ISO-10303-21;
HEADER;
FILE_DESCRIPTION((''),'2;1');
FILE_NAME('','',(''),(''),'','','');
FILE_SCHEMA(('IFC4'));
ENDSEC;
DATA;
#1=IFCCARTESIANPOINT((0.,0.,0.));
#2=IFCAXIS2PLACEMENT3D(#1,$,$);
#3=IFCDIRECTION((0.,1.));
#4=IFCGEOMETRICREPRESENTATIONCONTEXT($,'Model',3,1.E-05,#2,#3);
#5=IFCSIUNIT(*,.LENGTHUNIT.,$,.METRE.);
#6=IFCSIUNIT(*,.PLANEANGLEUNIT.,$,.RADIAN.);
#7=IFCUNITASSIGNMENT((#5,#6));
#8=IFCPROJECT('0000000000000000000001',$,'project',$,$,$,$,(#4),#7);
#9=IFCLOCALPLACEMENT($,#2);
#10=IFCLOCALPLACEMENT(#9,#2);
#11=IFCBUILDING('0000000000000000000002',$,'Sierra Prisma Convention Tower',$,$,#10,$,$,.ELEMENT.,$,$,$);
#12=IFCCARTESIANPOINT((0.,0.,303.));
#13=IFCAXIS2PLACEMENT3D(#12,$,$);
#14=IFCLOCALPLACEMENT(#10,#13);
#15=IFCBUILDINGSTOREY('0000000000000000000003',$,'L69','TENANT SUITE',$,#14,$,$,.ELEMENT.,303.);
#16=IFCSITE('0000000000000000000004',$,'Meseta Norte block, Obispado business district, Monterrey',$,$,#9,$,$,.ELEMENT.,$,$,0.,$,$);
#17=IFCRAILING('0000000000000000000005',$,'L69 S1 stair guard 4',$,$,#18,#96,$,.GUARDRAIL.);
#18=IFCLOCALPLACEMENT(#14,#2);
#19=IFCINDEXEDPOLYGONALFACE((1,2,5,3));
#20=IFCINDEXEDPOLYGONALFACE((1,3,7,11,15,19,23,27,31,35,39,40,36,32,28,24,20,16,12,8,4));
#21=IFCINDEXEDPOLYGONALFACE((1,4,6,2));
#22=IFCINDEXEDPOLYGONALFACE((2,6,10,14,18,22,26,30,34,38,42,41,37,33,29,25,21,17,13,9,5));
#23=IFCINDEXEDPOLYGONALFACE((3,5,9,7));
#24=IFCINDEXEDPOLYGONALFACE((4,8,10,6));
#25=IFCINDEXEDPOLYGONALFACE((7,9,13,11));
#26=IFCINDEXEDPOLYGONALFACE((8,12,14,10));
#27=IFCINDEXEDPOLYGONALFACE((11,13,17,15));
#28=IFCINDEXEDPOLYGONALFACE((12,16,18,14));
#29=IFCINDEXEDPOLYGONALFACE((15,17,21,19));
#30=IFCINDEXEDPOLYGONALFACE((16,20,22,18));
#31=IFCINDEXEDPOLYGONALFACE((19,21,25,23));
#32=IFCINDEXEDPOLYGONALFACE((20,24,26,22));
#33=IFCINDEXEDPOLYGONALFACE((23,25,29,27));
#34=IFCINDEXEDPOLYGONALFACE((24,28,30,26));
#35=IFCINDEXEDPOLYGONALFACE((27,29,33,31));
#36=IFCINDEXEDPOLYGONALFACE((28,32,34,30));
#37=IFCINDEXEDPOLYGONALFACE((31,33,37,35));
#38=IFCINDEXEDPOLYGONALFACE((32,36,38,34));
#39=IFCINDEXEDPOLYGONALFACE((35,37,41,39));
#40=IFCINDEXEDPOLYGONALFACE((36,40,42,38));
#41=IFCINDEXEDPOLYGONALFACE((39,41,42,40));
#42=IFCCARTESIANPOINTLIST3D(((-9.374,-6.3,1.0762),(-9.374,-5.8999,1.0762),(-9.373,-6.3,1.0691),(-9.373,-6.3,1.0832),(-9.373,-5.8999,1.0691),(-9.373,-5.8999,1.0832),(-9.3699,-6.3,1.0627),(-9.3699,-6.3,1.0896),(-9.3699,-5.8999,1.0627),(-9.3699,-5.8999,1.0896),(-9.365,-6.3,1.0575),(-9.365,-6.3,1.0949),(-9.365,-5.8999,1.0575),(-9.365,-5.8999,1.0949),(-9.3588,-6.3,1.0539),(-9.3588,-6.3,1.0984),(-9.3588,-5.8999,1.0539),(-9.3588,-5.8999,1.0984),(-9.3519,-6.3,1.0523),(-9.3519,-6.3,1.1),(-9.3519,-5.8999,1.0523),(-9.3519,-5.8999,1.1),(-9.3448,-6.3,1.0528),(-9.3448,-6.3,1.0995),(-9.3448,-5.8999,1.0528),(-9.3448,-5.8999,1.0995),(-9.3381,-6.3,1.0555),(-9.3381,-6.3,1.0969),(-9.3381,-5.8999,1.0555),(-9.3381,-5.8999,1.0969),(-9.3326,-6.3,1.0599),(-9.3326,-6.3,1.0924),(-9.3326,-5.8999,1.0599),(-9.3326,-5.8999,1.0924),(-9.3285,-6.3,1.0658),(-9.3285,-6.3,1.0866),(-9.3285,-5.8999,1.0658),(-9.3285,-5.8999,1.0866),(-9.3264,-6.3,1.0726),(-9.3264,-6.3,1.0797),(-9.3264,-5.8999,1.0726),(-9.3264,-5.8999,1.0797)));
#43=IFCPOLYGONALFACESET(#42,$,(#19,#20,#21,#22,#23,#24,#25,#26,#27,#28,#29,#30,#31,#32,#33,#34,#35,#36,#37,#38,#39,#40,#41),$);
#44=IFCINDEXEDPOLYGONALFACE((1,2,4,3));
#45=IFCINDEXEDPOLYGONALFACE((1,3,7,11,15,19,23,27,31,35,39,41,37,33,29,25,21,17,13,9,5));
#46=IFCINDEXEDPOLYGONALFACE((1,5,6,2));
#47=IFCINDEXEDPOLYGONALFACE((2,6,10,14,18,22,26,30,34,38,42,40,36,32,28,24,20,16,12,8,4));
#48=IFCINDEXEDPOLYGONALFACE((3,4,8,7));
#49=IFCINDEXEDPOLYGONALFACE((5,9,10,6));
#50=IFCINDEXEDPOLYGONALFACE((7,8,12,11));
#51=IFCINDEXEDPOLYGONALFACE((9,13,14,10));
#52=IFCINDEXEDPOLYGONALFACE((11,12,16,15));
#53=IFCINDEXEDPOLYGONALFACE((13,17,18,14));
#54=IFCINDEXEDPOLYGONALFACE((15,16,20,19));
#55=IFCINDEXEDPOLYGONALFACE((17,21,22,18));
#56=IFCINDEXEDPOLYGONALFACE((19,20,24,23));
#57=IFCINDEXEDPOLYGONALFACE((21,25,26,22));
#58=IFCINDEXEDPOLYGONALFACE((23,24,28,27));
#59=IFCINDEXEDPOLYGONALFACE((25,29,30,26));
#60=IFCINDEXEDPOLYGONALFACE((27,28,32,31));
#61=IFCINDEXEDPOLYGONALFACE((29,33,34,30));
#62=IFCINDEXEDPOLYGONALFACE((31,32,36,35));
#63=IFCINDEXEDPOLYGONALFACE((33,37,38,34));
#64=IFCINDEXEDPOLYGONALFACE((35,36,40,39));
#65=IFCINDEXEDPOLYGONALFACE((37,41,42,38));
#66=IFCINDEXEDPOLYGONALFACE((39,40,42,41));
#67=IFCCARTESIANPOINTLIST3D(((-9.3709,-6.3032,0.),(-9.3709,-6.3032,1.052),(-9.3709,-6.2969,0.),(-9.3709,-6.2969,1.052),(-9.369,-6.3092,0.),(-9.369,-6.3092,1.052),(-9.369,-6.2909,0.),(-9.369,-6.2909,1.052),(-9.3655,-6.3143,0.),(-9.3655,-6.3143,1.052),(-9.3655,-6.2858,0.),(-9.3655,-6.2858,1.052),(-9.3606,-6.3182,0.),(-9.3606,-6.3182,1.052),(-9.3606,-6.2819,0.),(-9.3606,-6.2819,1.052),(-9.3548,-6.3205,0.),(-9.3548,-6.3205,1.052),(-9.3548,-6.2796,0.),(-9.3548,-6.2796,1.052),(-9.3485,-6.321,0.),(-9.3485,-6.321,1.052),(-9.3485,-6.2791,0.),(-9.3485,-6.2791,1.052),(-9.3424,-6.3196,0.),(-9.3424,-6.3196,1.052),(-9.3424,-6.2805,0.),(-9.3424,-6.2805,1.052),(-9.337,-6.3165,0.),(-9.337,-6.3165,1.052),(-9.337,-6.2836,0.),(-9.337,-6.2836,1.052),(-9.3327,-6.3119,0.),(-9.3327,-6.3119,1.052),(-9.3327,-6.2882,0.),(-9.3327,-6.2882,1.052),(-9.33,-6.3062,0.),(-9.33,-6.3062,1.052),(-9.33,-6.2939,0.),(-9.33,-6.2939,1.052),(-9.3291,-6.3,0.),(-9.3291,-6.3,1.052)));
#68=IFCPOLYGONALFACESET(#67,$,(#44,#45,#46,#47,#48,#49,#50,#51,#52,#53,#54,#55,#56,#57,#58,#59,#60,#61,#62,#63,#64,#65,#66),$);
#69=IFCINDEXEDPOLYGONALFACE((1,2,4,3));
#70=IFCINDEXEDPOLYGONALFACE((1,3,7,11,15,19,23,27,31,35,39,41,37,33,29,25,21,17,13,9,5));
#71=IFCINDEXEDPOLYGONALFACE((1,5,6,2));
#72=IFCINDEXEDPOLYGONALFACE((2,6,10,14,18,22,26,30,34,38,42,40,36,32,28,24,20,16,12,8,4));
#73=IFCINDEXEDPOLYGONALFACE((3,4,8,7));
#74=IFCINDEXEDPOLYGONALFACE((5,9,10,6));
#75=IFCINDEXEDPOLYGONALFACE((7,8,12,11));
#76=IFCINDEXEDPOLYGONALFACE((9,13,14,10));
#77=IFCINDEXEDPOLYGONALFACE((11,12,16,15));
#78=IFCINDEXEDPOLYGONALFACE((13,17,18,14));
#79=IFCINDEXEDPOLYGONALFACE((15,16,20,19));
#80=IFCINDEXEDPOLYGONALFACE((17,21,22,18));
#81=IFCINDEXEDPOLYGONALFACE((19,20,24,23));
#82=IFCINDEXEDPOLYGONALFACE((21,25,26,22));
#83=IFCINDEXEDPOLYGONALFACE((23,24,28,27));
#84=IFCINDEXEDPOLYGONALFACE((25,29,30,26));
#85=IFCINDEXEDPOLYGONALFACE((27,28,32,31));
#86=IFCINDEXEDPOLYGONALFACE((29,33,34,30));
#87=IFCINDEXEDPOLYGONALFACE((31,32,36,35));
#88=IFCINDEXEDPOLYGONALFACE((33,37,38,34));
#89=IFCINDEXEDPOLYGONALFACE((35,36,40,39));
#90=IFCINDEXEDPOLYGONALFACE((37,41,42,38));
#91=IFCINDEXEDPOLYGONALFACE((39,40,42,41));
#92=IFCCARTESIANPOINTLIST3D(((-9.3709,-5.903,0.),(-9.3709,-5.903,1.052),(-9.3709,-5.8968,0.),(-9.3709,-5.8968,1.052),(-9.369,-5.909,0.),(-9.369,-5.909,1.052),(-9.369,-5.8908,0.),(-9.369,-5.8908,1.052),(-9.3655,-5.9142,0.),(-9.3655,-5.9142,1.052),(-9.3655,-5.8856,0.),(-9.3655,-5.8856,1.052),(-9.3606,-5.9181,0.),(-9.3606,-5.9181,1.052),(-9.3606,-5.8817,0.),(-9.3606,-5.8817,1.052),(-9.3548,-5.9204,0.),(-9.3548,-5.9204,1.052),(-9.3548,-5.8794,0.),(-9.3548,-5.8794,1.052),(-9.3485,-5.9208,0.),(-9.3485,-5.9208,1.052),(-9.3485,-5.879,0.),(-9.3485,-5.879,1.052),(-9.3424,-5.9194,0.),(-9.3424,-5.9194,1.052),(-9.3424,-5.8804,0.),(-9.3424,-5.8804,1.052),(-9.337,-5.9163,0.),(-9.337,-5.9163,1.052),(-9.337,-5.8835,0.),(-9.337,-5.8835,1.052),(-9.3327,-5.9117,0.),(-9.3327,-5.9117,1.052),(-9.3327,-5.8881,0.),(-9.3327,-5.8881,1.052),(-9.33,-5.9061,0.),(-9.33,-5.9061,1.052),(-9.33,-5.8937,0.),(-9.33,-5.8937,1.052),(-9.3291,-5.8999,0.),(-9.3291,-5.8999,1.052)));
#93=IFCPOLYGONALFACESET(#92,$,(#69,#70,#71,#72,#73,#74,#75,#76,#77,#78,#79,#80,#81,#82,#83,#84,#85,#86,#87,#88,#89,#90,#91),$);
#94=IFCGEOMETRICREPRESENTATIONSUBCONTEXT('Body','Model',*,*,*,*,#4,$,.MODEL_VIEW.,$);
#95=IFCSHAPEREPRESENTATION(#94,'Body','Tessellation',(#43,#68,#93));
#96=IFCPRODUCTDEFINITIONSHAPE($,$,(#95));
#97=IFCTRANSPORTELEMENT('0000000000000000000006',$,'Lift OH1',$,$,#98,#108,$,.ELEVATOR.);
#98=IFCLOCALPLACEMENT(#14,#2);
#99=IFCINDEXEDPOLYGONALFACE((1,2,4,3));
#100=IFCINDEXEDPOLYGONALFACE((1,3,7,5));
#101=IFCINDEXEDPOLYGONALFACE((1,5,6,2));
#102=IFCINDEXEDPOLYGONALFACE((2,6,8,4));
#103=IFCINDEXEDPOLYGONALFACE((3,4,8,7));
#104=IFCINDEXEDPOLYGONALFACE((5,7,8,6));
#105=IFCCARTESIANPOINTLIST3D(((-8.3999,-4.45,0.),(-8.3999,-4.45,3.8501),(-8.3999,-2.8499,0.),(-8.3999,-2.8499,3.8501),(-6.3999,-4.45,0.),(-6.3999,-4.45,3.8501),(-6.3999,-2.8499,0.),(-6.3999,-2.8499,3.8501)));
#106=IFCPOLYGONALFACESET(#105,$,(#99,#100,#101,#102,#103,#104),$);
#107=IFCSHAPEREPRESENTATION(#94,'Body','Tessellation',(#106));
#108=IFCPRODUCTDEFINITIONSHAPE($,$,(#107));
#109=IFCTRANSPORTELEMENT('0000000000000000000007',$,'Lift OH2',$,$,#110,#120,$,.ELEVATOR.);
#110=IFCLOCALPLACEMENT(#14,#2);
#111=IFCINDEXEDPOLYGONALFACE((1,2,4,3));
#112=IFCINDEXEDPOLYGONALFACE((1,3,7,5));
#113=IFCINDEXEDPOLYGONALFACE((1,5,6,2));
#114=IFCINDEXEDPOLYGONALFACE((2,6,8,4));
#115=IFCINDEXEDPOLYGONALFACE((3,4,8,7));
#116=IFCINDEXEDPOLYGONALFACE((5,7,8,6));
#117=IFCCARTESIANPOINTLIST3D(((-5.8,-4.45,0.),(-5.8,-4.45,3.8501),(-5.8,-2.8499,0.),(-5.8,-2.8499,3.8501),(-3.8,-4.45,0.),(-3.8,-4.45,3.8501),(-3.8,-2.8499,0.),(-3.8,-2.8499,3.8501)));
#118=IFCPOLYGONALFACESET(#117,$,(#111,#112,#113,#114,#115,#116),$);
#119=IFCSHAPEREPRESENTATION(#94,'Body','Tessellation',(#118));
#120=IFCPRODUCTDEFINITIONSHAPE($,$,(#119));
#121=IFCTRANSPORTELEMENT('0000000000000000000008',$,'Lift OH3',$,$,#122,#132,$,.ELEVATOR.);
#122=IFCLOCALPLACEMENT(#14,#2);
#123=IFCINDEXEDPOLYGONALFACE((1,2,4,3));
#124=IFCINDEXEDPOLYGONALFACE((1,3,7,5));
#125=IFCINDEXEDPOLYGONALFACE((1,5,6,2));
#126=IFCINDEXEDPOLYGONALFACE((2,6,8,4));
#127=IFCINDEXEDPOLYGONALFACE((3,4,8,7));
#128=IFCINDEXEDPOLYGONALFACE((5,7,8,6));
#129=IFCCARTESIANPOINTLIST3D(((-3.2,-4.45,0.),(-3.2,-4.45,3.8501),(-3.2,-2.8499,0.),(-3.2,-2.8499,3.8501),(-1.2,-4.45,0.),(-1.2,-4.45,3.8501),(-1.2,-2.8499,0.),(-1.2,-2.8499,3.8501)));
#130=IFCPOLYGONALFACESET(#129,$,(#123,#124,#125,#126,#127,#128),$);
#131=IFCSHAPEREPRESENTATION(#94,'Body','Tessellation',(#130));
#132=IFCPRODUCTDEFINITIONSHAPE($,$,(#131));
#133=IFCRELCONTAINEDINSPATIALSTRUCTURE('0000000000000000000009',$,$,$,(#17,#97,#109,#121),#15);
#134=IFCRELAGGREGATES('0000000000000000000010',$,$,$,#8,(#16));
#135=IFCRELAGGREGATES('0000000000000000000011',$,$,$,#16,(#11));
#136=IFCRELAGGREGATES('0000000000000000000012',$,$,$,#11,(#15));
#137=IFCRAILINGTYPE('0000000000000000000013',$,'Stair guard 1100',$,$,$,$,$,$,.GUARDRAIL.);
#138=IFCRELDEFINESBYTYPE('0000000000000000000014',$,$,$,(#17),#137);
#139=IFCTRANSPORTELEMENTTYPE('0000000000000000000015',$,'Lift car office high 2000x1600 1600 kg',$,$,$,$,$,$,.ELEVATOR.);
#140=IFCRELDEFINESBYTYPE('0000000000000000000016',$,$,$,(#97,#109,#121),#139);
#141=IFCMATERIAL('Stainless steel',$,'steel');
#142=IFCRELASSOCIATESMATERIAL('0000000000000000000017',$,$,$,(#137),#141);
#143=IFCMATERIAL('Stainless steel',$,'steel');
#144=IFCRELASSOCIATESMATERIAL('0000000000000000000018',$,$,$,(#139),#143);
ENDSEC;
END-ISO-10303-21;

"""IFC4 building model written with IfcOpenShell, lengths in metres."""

from ifc_helpers import new_model, si_unit, direction, frame, origin, origin_2d, place, context, subcontext, project, spatial, rectangle, circle, extrude, material, type_object, element, save


model = new_model("IFC4")

# Units and contexts
model_context = context("Model", 3, precision=1e-05, world=origin(), true_north=direction((0.0, 1.0)))
body_context = subcontext(model_context, "Body", "Model", "MODEL_VIEW")
ifc_project = project(units=[si_unit("LENGTHUNIT", "METRE"), si_unit("PLANEANGLEUNIT", "RADIAN")], contexts=[model_context])

# Site, building, storey
site_placement = place(None, origin())
site = spatial("IfcSite", under=ifc_project, at=site_placement, Name="Meseta Norte block, Obispado business district, Monterrey", CompositionType="ELEMENT", RefElevation=0.0)
building_placement = place(site_placement, origin())
building = spatial("IfcBuilding", under=site, at=building_placement, Name="Sierra Prisma Convention Tower", CompositionType="ELEMENT")
storey_placement = place(building_placement, frame((0.0, 0.0, 303.0)))
storey = spatial("IfcBuildingStorey", under=building, at=storey_placement, Name="L69", Description="TENANT SUITE", CompositionType="ELEMENT", Elevation=303.0)

# Railing
ifc_material_1 = material(Name="Stainless steel", Category="steel")
railing_type_1 = type_object("IfcRailingType", Name="Stair guard 1100", PredefinedType="GUARDRAIL", material=ifc_material_1)
railing_1_placement = place(storey_placement, frame((-9.3501, -6.3, 0.0)))
element("IfcRailing", 1, at=railing_1_placement, inside=storey, type_object=railing_type_1, Name="L69 S1 stair guard 4", PredefinedType="GUARDRAIL", context=body_context, shape_type="SweptSolid", body=[
    extrude(circle(Radius=0.0239, at=origin_2d()), frame((0.0, 0.0, 1.0762), z_axis=(0.0, 1.0, 0.0), x_axis=(-1.0, 0.0, 0.0)), (0.0, 0.0, 1.0), 0.4001),
    extrude(circle(Radius=0.021, at=origin_2d()), origin(), (0.0, 0.0, 1.0), 1.052),
    extrude(circle(Radius=0.021, at=origin_2d()), frame((0.0, 0.4001, 0.0)), (0.0, 0.0, 1.0), 1.052),
])

# Transport elements
ifc_material_2 = material(Name="Stainless steel", Category="steel")
transport_element_type = type_object("IfcTransportElementType", Name="Lift car office high 2000x1600 1600 kg", PredefinedType="ELEVATOR", material=ifc_material_2)
for number, where, z_axis, x_axis, name in (
    (2, (-7.3999, -3.6499, 0.0), (0.0, 0.0, 1.0), (1.0, 0.0, 0.0), "Lift OH1"),
    (3, (-4.8, -3.6499, 0.0), (0.0, 0.0, 1.0), (1.0, 0.0, 0.0), "Lift OH2"),
    (4, (-2.2, -3.6499, 0.0), (0.0, 0.0, 1.0), (1.0, 0.0, 0.0), "Lift OH3"),
):
    element("IfcTransportElement", number, at=place(storey_placement, frame(where, z_axis=z_axis, x_axis=x_axis)), inside=storey, type_object=transport_element_type, Name=name, PredefinedType="ELEVATOR", context=body_context, shape_type="SweptSolid", body=[
        extrude(rectangle(XDim=2.0, YDim=1.6001, at=origin_2d()), origin(), (0.0, 0.0, 1.0), 3.8501),
    ])

save(model, "model.ifc")
